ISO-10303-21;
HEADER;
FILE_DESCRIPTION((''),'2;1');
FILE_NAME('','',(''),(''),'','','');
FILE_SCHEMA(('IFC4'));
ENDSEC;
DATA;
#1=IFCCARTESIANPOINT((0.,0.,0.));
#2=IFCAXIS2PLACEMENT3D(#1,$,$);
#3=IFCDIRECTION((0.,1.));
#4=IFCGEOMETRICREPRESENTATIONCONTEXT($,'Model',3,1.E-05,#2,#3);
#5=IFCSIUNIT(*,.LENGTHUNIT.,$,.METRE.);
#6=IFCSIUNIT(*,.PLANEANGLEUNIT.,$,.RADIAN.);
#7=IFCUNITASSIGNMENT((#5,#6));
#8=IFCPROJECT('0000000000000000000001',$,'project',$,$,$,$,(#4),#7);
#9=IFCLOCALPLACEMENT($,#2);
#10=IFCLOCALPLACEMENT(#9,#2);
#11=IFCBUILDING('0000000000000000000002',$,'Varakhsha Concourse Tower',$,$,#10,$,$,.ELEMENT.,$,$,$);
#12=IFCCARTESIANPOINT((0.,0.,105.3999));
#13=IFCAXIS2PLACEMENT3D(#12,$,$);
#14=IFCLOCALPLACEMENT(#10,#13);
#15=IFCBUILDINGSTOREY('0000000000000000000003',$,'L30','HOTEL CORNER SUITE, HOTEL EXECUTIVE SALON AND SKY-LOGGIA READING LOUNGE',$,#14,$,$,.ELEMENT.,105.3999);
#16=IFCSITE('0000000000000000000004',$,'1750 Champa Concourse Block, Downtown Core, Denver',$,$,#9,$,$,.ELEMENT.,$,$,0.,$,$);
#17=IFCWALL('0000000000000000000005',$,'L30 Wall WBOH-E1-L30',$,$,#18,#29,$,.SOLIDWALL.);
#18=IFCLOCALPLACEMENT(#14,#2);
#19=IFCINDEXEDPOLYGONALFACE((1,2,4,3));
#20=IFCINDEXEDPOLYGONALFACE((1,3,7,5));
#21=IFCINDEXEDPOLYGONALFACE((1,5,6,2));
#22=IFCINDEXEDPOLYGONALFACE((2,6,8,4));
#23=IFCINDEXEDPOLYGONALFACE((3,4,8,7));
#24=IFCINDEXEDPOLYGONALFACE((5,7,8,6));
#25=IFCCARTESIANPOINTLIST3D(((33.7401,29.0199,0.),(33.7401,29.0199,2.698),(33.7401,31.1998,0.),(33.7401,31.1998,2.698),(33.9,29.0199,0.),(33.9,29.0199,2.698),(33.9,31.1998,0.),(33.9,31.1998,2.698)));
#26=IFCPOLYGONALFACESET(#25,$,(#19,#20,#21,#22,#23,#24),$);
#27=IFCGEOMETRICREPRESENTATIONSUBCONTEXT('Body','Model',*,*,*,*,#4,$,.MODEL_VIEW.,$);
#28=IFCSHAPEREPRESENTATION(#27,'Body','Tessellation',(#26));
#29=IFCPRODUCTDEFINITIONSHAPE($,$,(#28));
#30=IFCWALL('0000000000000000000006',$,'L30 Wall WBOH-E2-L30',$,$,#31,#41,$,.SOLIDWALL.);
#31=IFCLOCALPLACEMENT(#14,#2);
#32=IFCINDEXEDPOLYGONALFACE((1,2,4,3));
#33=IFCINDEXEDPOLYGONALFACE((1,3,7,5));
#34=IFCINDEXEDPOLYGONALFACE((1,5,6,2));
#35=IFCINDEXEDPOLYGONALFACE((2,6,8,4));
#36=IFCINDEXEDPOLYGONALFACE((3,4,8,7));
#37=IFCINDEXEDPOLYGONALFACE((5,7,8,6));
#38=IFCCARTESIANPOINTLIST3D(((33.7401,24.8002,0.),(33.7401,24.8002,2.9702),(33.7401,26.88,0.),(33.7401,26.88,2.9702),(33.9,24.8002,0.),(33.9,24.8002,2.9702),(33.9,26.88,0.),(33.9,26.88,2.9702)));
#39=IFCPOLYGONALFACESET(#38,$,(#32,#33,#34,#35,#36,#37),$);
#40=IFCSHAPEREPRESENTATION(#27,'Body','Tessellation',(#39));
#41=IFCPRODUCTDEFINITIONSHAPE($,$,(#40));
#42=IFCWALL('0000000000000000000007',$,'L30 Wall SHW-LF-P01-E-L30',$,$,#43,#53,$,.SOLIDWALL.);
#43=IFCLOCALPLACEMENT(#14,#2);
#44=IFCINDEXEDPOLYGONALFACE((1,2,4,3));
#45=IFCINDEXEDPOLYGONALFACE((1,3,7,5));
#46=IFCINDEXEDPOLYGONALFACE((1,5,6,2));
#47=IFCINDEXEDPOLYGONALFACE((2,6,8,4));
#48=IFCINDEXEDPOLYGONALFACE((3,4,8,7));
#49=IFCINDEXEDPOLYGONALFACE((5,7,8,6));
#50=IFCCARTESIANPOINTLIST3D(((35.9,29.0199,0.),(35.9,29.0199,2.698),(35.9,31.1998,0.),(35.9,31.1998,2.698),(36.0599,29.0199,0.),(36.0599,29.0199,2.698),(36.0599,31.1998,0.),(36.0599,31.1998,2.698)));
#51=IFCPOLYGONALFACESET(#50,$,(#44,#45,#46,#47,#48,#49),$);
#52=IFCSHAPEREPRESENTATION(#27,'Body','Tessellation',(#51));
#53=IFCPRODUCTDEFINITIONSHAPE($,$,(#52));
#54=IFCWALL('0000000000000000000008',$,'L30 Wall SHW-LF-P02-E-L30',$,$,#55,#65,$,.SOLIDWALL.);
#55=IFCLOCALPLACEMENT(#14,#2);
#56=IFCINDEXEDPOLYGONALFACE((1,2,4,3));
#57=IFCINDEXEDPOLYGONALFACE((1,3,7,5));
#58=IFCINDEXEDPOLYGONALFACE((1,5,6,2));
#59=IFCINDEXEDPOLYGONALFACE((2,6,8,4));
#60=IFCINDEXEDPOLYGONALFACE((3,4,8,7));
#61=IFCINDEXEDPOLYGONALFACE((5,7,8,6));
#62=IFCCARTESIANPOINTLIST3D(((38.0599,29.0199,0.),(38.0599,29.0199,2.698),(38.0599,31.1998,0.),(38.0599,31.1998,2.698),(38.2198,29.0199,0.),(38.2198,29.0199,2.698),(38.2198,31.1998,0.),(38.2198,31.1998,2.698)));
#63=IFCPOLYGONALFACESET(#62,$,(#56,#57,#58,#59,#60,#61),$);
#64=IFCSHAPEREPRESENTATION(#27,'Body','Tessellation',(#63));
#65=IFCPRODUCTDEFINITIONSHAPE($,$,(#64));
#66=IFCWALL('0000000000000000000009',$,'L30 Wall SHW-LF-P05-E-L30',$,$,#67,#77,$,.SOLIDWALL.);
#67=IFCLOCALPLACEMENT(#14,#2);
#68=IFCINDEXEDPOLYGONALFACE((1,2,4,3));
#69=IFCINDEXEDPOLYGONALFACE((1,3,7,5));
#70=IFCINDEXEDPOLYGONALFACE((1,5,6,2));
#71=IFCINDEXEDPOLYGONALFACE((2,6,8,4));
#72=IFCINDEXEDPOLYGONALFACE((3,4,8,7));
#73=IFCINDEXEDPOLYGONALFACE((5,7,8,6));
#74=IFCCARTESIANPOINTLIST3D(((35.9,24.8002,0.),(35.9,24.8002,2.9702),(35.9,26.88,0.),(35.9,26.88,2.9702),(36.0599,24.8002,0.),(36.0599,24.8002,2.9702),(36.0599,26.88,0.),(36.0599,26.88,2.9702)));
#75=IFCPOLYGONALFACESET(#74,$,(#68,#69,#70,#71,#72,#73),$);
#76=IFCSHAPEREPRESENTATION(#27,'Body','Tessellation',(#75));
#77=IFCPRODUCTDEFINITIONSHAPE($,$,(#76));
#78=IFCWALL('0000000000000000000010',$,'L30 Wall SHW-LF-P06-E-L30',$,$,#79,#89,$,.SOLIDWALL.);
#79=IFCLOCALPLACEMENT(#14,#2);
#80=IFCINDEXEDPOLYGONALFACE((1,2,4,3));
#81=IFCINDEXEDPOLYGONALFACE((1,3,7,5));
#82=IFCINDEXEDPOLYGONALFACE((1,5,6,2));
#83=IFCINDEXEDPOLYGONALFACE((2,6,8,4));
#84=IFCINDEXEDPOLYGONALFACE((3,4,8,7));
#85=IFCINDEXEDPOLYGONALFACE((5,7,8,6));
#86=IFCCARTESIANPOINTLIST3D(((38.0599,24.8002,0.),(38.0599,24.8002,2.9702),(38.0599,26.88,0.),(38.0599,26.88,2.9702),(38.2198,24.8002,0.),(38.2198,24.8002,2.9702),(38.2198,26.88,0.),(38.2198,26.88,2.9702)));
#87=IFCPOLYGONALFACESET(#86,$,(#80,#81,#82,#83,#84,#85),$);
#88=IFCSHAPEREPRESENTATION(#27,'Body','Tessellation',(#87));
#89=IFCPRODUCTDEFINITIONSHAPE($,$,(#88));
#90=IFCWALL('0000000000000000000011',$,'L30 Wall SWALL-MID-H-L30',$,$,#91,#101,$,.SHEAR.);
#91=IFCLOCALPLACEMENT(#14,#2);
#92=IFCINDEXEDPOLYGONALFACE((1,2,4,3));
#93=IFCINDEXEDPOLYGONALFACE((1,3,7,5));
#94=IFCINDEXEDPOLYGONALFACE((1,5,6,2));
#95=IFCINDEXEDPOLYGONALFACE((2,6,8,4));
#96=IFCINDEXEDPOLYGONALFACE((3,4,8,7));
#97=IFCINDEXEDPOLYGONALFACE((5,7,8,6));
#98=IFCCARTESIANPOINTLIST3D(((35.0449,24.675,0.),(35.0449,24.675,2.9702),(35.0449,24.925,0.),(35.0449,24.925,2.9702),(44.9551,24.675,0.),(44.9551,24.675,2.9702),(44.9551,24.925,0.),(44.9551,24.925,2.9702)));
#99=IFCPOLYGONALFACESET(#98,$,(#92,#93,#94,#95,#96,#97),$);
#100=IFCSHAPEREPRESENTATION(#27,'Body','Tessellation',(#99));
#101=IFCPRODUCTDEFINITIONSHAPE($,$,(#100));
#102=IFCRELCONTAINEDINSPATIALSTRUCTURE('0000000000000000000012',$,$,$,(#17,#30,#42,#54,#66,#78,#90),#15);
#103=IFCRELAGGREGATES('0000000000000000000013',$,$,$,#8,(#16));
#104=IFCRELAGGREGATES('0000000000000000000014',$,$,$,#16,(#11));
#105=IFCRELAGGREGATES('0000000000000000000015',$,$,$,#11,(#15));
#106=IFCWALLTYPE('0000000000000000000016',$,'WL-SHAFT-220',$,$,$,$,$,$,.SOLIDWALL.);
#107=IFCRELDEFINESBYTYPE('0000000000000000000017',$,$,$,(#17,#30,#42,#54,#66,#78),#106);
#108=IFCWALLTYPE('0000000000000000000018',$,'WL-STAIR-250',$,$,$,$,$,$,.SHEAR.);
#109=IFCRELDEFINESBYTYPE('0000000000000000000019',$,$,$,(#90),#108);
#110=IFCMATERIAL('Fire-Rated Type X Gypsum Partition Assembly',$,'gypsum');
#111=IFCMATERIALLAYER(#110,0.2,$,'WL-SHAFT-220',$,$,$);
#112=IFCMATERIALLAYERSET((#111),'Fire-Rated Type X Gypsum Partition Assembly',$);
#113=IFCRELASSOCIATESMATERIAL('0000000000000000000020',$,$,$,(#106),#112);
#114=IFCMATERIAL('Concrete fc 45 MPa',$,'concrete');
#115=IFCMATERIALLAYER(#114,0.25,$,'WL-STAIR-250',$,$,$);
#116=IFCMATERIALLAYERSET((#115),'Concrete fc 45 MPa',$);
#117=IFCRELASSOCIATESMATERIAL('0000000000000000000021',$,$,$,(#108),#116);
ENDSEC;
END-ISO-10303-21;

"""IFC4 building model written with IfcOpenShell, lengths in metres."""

from ifc_helpers import new_model, si_unit, direction, frame, frame_2d, origin, place, context, subcontext, project, spatial, rectangle, extrude, material, layer, layer_set, type_object, element, save


model = new_model("IFC4")

# Units and contexts
model_context = context("Model", 3, precision=1e-05, world=origin(), true_north=direction((0.0, 1.0)))
body_context = subcontext(model_context, "Body", "Model", "MODEL_VIEW")
ifc_project = project(units=[si_unit("LENGTHUNIT", "METRE"), si_unit("PLANEANGLEUNIT", "RADIAN")], contexts=[model_context])

# Site, building, storey
site_placement = place(None, origin())
site = spatial("IfcSite", under=ifc_project, at=site_placement, Name="1750 Champa Concourse Block, Downtown Core, Denver", CompositionType="ELEMENT", RefElevation=0.0)
building_placement = place(site_placement, origin())
building = spatial("IfcBuilding", under=site, at=building_placement, Name="Varakhsha Concourse Tower", CompositionType="ELEMENT")
storey_placement = place(building_placement, frame((0.0, 0.0, 105.3999)))
storey = spatial("IfcBuildingStorey", under=building, at=storey_placement, Name="L30", Description="HOTEL CORNER SUITE, HOTEL EXECUTIVE SALON AND SKY-LOGGIA READING LOUNGE", CompositionType="ELEMENT", Elevation=105.3999)

# Shared definitions
ifc_material_1 = material(Name="Fire-Rated Type X Gypsum Partition Assembly", Category="gypsum")

# Shared definitions
ifc_layer_1 = layer(ifc_material_1, 0.2, Name="WL-SHAFT-220")
ifc_layer_set_1 = layer_set([ifc_layer_1], Name="Fire-Rated Type X Gypsum Partition Assembly")
wall_type_1 = type_object("IfcWallType", Name="WL-SHAFT-220", PredefinedType="SOLIDWALL", material=ifc_layer_set_1)

# Walls
wall_1_placement = place(storey_placement, frame((33.8201, 29.02, 0.0), z_axis=(0.0, 0.0, 1.0), x_axis=(0.0, 1.0, 0.0)))
element("IfcWall", 1, at=wall_1_placement, inside=storey, type_object=wall_type_1, Name="L30 Wall WBOH-E1-L30", PredefinedType="SOLIDWALL", context=body_context, shape_type="SweptSolid", body=[
    extrude(rectangle(XDim=2.1799, YDim=0.1599, at=frame_2d((1.0898, 0.0))), origin(), (0.0, 0.0, 1.0), 2.698),
])
wall_2_placement = place(storey_placement, frame((33.8201, 24.8, 0.0), z_axis=(0.0, 0.0, 1.0), x_axis=(0.0, 1.0, 0.0)))
element("IfcWall", 2, at=wall_2_placement, inside=storey, type_object=wall_type_1, Name="L30 Wall WBOH-E2-L30", PredefinedType="SOLIDWALL", context=body_context, shape_type="SweptSolid", body=[
    extrude(rectangle(XDim=2.0798, YDim=0.1599, at=frame_2d((1.04, 0.0))), origin(), (0.0, 0.0, 1.0), 2.9702),
])
for number, where, z_axis, x_axis, name in (
    (3, (35.98, 29.02, 0.0), (0.0, 0.0, 1.0), (0.0, 1.0, 0.0), "L30 Wall SHW-LF-P01-E-L30"),
    (4, (38.1399, 29.02, 0.0), (0.0, 0.0, 1.0), (0.0, 1.0, 0.0), "L30 Wall SHW-LF-P02-E-L30"),
):
    element("IfcWall", number, at=place(storey_placement, frame(where, z_axis=z_axis, x_axis=x_axis)), inside=storey, type_object=wall_type_1, Name=name, PredefinedType="SOLIDWALL", context=body_context, shape_type="SweptSolid", body=[
        extrude(rectangle(XDim=2.1799, YDim=0.1599, at=frame_2d((1.0898, 0.0))), origin(), (0.0, 0.0, 1.0), 2.698),
    ])
for number, where, z_axis, x_axis, name in (
    (5, (35.98, 24.8, 0.0), (0.0, 0.0, 1.0), (0.0, 1.0, 0.0), "L30 Wall SHW-LF-P05-E-L30"),
    (6, (38.1399, 24.8, 0.0), (0.0, 0.0, 1.0), (0.0, 1.0, 0.0), "L30 Wall SHW-LF-P06-E-L30"),
):
    element("IfcWall", number, at=place(storey_placement, frame(where, z_axis=z_axis, x_axis=x_axis)), inside=storey, type_object=wall_type_1, Name=name, PredefinedType="SOLIDWALL", context=body_context, shape_type="SweptSolid", body=[
        extrude(rectangle(XDim=2.0798, YDim=0.1599, at=frame_2d((1.04, 0.0))), origin(), (0.0, 0.0, 1.0), 2.9702),
    ])
ifc_material_2 = material(Name="Concrete fc 45 MPa", Category="concrete")
ifc_layer_2 = layer(ifc_material_2, 0.25, Name="WL-STAIR-250")
ifc_layer_set_2 = layer_set([ifc_layer_2], Name="Concrete fc 45 MPa")
wall_type_2 = type_object("IfcWallType", Name="WL-STAIR-250", PredefinedType="SHEAR", material=ifc_layer_set_2)
wall_3_placement = place(storey_placement, frame((35.0449, 24.8, 0.0), z_axis=(0.0, 0.0, 1.0), x_axis=(1.0, 0.0, 0.0)))
element("IfcWall", 7, at=wall_3_placement, inside=storey, type_object=wall_type_2, Name="L30 Wall SWALL-MID-H-L30", PredefinedType="SHEAR", context=body_context, shape_type="SweptSolid", body=[
    extrude(rectangle(XDim=9.9102, YDim=0.25, at=frame_2d((4.9551, 0.0))), origin(), (0.0, 0.0, 1.0), 2.9702),
])

save(model, "model.ifc")
